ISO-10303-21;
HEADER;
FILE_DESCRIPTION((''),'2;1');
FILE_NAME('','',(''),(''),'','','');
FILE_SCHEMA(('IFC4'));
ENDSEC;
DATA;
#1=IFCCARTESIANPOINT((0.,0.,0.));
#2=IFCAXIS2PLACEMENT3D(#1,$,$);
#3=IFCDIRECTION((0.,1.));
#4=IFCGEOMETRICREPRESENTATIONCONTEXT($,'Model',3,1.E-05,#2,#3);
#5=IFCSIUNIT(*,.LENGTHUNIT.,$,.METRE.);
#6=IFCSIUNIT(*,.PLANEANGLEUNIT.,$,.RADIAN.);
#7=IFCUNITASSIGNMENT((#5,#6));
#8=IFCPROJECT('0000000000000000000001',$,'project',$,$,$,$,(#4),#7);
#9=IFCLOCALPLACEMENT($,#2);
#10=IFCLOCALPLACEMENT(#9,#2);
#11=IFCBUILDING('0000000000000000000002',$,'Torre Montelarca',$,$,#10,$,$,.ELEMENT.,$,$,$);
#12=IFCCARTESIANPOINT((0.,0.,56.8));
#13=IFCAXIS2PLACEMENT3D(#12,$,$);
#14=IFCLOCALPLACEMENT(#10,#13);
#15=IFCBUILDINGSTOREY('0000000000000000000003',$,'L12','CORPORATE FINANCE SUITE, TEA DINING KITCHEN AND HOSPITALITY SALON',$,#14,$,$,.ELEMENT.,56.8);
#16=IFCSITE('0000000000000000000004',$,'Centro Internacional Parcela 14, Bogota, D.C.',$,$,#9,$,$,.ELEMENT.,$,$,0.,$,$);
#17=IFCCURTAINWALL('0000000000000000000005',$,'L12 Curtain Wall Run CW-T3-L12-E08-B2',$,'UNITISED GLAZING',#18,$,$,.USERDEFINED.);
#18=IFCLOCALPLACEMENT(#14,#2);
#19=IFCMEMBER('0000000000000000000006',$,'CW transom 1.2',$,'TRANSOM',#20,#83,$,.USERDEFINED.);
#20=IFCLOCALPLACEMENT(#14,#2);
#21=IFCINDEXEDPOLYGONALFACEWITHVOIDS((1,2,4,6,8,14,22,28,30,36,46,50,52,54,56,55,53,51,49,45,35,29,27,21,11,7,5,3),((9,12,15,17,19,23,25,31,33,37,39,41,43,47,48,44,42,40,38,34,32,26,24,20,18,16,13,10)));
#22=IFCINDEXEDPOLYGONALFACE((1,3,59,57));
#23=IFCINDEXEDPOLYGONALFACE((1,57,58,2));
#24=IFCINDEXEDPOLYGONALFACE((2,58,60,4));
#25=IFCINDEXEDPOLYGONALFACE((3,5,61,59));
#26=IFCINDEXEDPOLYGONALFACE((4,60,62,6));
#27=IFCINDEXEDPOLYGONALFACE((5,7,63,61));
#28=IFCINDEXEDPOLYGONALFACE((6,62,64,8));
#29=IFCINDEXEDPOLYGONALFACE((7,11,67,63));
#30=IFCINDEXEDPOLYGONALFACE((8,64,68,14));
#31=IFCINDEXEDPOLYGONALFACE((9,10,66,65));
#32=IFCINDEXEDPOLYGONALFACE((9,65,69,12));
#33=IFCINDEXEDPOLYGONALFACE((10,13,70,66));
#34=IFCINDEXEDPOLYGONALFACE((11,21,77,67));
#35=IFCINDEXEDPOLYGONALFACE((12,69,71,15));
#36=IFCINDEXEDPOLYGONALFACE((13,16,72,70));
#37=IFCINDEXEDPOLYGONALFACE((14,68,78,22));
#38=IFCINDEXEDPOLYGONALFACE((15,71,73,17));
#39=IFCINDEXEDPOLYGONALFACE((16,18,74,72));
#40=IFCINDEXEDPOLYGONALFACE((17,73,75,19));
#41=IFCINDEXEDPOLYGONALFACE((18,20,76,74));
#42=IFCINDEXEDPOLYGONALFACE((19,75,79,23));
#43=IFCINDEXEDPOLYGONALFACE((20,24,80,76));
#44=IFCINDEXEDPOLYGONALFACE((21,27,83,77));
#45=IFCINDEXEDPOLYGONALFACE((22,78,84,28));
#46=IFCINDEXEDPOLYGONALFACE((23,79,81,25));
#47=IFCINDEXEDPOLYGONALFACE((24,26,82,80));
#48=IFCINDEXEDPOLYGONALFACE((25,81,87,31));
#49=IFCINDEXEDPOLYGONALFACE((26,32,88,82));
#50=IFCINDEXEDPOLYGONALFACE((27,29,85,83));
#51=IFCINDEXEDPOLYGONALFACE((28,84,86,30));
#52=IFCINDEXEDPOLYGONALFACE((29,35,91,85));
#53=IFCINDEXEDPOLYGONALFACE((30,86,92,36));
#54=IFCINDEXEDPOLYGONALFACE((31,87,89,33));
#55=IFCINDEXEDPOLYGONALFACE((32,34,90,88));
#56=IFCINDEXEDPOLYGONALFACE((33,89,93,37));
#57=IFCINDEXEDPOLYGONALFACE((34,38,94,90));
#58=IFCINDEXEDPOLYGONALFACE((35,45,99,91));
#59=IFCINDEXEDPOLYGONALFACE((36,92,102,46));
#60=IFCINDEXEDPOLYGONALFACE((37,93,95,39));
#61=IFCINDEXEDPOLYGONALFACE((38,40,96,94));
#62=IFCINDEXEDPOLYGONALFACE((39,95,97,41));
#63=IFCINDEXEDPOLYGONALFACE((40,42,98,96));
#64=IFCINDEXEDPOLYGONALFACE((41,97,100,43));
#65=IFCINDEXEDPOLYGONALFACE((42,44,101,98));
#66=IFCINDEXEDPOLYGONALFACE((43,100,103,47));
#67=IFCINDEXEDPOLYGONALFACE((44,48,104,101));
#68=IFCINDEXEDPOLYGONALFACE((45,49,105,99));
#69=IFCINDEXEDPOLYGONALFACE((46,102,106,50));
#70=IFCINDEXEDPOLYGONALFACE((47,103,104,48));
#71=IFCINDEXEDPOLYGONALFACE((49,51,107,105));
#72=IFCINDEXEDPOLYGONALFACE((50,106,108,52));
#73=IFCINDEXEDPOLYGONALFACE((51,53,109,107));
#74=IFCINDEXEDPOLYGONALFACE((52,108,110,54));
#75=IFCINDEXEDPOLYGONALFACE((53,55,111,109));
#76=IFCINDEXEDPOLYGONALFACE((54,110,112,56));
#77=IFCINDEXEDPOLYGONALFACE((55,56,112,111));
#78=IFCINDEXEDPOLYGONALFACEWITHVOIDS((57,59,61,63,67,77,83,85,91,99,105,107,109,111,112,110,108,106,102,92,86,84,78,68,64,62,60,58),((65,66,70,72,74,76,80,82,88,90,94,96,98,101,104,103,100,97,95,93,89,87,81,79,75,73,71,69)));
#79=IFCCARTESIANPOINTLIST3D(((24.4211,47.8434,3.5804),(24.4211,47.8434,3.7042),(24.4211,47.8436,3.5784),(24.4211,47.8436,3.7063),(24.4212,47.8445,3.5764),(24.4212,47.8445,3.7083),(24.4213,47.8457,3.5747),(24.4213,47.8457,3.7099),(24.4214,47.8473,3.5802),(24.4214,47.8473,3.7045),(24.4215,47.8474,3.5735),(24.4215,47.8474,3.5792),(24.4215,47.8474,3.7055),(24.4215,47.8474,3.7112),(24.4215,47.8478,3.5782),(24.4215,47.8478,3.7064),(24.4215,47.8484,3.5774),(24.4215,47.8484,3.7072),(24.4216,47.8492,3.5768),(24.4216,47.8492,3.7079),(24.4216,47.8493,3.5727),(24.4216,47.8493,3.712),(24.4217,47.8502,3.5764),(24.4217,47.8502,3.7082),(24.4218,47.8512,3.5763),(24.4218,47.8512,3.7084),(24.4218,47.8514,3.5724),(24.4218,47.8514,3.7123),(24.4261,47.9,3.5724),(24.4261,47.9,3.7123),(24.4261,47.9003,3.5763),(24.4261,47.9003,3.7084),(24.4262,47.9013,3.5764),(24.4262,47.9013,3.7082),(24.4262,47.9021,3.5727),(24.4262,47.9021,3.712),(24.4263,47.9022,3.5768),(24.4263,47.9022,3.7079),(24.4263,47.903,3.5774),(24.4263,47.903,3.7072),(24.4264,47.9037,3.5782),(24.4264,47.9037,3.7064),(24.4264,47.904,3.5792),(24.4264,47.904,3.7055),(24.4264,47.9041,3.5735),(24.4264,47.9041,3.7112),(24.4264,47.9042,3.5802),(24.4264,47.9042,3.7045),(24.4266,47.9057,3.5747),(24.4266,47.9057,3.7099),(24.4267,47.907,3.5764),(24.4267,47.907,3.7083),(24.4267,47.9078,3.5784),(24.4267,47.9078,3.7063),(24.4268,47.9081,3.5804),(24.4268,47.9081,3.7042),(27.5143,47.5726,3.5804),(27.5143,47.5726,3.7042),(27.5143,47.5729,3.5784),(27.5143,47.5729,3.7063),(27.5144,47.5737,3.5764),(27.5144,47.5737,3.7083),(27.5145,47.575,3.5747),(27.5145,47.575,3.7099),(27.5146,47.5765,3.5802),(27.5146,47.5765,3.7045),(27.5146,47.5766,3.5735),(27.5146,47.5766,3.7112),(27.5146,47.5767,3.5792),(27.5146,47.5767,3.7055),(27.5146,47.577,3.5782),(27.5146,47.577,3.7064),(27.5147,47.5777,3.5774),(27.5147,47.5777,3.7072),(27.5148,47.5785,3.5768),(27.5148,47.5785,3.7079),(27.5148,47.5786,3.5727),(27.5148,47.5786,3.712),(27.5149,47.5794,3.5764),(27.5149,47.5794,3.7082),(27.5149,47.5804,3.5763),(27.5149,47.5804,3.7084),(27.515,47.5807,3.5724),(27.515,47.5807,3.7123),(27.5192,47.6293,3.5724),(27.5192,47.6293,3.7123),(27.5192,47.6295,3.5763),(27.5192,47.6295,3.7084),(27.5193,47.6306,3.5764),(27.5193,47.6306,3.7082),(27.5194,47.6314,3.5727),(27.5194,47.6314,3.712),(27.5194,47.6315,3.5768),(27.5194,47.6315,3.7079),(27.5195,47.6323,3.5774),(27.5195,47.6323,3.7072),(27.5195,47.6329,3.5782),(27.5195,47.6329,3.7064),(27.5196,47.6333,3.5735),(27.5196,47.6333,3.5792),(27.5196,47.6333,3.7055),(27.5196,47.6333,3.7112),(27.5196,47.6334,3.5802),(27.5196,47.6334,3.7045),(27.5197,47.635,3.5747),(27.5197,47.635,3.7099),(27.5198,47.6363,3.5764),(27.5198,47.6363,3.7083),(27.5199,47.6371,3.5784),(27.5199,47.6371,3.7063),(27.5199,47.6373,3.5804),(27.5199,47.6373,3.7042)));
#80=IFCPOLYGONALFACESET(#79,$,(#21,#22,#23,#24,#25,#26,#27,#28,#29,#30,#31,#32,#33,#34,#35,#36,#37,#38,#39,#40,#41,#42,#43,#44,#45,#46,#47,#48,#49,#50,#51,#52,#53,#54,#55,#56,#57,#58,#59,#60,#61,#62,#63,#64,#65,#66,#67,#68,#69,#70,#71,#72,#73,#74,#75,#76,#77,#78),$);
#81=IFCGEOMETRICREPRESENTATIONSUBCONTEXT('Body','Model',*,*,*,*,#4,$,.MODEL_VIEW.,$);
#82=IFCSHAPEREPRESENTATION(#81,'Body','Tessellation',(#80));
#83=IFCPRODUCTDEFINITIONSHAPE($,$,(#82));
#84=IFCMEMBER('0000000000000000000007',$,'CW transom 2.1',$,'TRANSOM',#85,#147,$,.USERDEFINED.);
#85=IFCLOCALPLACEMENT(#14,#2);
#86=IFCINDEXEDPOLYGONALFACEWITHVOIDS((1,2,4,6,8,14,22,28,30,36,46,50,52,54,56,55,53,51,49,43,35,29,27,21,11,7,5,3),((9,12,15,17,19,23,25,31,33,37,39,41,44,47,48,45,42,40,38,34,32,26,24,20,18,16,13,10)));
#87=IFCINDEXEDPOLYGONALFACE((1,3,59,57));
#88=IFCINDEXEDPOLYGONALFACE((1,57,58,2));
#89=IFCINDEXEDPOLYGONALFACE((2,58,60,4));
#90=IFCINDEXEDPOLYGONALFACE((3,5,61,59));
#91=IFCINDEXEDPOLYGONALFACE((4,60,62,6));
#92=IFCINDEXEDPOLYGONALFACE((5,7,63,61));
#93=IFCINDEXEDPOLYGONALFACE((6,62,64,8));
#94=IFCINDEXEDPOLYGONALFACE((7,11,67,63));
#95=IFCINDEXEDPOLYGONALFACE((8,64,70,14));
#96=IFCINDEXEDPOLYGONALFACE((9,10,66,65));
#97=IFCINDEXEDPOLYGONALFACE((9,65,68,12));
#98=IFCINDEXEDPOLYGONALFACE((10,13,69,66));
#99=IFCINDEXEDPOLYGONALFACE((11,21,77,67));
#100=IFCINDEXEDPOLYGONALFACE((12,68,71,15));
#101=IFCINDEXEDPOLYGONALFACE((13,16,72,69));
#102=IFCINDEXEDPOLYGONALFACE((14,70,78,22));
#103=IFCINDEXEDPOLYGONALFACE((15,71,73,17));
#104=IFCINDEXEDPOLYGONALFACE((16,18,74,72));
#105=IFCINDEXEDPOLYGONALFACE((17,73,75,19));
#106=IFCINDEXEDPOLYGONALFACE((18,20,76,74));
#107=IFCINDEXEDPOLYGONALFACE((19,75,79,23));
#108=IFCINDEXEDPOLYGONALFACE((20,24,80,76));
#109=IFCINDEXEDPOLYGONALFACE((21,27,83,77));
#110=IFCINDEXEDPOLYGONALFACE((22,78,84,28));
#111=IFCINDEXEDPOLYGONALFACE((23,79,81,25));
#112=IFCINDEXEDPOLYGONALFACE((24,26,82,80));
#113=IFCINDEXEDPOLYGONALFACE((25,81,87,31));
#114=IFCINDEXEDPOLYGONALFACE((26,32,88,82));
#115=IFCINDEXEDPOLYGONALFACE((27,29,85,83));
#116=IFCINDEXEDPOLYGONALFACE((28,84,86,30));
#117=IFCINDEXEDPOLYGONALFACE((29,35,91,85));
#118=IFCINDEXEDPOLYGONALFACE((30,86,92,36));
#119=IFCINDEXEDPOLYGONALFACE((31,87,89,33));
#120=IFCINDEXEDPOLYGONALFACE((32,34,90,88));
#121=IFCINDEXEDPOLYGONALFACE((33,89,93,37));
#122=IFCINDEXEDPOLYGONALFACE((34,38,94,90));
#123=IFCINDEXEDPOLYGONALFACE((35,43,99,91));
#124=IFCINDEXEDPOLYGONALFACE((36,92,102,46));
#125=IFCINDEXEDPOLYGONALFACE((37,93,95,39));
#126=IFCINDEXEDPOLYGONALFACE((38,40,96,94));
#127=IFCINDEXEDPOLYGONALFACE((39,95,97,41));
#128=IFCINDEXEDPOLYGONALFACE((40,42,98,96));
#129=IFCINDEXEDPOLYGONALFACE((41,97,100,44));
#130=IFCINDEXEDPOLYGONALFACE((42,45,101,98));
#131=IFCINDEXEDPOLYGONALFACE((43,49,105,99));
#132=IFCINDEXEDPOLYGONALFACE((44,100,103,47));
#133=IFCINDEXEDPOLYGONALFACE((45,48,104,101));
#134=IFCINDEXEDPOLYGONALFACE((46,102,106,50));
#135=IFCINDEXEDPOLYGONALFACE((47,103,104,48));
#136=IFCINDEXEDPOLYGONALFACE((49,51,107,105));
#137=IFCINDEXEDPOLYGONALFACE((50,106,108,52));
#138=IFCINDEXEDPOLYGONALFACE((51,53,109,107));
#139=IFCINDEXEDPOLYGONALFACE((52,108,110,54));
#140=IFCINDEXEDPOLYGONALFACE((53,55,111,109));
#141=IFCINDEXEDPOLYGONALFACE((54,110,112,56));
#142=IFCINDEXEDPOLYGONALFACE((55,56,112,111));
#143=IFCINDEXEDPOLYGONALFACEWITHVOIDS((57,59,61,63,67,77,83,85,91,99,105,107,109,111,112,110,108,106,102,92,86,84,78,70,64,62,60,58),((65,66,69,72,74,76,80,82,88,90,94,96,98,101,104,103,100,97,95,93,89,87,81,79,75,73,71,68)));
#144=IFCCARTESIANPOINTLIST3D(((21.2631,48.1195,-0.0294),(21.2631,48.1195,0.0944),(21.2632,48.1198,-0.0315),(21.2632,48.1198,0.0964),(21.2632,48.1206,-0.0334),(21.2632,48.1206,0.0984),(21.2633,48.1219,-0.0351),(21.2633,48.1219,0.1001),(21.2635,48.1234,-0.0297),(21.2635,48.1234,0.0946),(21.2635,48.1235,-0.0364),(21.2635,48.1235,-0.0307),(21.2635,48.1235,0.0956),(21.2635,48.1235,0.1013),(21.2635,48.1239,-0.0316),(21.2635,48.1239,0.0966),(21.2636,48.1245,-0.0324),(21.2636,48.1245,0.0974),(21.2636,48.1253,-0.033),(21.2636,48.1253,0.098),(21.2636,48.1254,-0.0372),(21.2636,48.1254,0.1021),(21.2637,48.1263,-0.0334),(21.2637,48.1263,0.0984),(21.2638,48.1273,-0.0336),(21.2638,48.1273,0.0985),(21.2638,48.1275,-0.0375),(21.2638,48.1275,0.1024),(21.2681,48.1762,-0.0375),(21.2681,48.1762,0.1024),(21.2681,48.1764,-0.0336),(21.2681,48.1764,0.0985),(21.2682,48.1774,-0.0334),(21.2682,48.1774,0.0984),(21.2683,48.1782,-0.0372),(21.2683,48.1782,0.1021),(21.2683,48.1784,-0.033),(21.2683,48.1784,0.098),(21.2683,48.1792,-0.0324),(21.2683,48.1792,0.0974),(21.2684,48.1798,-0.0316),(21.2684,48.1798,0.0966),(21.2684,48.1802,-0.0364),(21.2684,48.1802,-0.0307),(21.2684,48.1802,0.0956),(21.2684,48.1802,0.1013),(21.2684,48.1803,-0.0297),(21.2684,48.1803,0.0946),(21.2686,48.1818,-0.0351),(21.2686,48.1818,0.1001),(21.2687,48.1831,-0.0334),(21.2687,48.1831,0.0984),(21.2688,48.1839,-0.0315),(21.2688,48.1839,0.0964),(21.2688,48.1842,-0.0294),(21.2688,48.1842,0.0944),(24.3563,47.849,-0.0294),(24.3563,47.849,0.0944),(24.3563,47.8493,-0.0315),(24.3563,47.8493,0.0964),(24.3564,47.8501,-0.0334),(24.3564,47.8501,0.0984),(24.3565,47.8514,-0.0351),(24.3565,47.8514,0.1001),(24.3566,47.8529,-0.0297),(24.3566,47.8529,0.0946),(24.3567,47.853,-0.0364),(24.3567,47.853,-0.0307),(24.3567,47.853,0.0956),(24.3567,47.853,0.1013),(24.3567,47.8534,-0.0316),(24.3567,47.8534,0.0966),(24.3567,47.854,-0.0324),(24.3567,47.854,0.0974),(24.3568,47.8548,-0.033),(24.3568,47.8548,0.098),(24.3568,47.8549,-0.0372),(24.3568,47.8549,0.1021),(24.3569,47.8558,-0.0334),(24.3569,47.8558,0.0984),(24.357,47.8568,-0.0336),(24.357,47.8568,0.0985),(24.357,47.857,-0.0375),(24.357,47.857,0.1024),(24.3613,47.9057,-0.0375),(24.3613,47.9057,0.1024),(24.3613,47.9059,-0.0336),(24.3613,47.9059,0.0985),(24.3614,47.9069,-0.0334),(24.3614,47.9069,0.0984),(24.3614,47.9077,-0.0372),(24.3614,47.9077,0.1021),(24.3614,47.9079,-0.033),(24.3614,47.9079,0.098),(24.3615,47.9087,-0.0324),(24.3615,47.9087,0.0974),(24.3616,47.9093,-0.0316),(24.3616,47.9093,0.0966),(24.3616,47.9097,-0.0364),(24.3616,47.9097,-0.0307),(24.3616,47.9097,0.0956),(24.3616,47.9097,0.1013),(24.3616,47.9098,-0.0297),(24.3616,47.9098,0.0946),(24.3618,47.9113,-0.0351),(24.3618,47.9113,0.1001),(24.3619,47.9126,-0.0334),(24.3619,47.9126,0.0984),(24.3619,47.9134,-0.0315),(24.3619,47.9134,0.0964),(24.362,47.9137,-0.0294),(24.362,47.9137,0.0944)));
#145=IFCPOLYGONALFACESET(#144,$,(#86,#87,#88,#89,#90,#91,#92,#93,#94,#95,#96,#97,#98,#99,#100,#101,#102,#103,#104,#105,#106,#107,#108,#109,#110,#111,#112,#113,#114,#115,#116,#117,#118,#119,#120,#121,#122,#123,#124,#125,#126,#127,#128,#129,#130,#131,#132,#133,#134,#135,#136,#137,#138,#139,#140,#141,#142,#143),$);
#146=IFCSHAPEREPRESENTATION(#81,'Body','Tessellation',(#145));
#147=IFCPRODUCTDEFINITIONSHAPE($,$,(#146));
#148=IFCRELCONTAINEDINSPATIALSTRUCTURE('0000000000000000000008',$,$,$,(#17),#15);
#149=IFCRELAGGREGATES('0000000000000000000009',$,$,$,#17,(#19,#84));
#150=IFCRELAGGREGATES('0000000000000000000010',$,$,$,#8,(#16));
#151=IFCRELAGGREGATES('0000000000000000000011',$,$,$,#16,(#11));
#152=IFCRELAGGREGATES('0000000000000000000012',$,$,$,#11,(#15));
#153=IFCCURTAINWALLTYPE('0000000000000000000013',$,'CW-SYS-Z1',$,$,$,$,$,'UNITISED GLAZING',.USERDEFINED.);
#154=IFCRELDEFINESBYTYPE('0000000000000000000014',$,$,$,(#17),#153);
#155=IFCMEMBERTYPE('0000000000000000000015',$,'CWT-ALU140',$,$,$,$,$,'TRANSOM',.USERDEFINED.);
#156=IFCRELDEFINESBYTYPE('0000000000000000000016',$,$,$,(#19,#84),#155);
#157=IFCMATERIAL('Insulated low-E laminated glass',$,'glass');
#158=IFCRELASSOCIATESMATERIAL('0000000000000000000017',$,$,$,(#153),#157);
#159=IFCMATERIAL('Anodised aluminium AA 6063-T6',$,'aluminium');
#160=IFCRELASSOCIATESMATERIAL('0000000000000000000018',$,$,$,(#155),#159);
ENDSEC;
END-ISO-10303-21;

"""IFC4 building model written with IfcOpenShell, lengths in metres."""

from ifc_helpers import new_model, si_unit, direction, frame, origin, origin_2d, place, context, subcontext, project, spatial, hollow_rectangle, extrude, source, transform, mapped, material, material_profile, profile_set, type_object, element, aggregate, save


model = new_model("IFC4")

# Units and contexts
model_context = context("Model", 3, precision=1e-05, world=origin(), true_north=direction((0.0, 1.0)))
body_context = subcontext(model_context, "Body", "Model", "MODEL_VIEW")
ifc_project = project(units=[si_unit("LENGTHUNIT", "METRE"), si_unit("PLANEANGLEUNIT", "RADIAN")], contexts=[model_context])

# Site, building, storey
site_placement = place(None, origin())
site = spatial("IfcSite", under=ifc_project, at=site_placement, Name="Centro Internacional Parcela 14, Bogota, D.C.", CompositionType="ELEMENT", RefElevation=0.0)
building_placement = place(site_placement, origin())
building = spatial("IfcBuilding", under=site, at=building_placement, Name="Torre Montelarca", CompositionType="ELEMENT")
storey_placement = place(building_placement, frame((0.0, 0.0, 56.8)))
storey = spatial("IfcBuildingStorey", under=building, at=storey_placement, Name="L12", Description="CORPORATE FINANCE SUITE, TEA DINING KITCHEN AND HOSPITALITY SALON", CompositionType="ELEMENT", Elevation=56.8)

# Curtain wall, members
ifc_material_1 = material(Name="Insulated low-E laminated glass", Category="glass")
curtain_wall_type = type_object("IfcCurtainWallType", Name="CW-SYS-Z1", ElementType="UNITISED GLAZING", PredefinedType="USERDEFINED", material=ifc_material_1)
ifc_material_2 = material(Name="Anodised aluminium AA 6063-T6", Category="aluminium")
curtain_wall_1_placement = place(storey_placement, origin())
curtain_wall_1 = element("IfcCurtainWall", 1, at=curtain_wall_1_placement, inside=storey, type_object=curtain_wall_type, Name="L12 Curtain Wall Run CW-T3-L12-E08-B2", ObjectType="UNITISED GLAZING", PredefinedType="USERDEFINED")
ifc_material_profile_1 = material_profile(ifc_material_2, hollow_rectangle(XDim=0.0649, YDim=0.1399, WallThickness=0.0039, InnerFilletRadius=0.0039, OuterFilletRadius=0.0081, at=origin_2d()), Name="ALU65X140X4", Category="aluminium")
ifc_profile_set_1 = profile_set([ifc_material_profile_1], Name="Anodised aluminium AA 6063-T6")
member_type_1 = type_object("IfcMemberType", Name="CWT-ALU140", ElementType="TRANSOM", PredefinedType="USERDEFINED", material=ifc_profile_set_1)
shared_shape_1 = source(origin(), body_context, "Body", "SweptSolid", [
    extrude(hollow_rectangle(XDim=0.0649, YDim=0.1399, WallThickness=0.0039, InnerFilletRadius=0.0039, OuterFilletRadius=0.0081, at=origin_2d()), origin(), (0.0, 0.0, 1.0), 3.105),
])
member_1_placement = place(storey_placement, frame((27.5171, 47.605, 3.6423), z_axis=(-0.996191, 0.087196, 0.0), x_axis=(-0.087196, -0.996191, 0.0)))
member_1 = element("IfcMember", 2, at=member_1_placement, type_object=member_type_1, Name="CW transom 1.2", ObjectType="TRANSOM", PredefinedType="USERDEFINED", context=body_context, shape_type="MappedRepresentation", body=[
    mapped(shared_shape_1, transform((0.0, 0.0, 0.0), scale=1.0)),
])
member_2_placement = place(storey_placement, frame((24.3591, 47.8813, 0.0325), z_axis=(-0.996198, 0.087118, 0.0), x_axis=(-0.087118, -0.996198, 0.0)))
member_2 = element("IfcMember", 3, at=member_2_placement, type_object=member_type_1, Name="CW transom 2.1", ObjectType="TRANSOM", PredefinedType="USERDEFINED", context=body_context, shape_type="MappedRepresentation", body=[
    mapped(shared_shape_1, transform((0.0, 0.0, 0.0), scale=1.0)),
])

aggregate(curtain_wall_1, [member_1, member_2])

save(model, "model.ifc")
